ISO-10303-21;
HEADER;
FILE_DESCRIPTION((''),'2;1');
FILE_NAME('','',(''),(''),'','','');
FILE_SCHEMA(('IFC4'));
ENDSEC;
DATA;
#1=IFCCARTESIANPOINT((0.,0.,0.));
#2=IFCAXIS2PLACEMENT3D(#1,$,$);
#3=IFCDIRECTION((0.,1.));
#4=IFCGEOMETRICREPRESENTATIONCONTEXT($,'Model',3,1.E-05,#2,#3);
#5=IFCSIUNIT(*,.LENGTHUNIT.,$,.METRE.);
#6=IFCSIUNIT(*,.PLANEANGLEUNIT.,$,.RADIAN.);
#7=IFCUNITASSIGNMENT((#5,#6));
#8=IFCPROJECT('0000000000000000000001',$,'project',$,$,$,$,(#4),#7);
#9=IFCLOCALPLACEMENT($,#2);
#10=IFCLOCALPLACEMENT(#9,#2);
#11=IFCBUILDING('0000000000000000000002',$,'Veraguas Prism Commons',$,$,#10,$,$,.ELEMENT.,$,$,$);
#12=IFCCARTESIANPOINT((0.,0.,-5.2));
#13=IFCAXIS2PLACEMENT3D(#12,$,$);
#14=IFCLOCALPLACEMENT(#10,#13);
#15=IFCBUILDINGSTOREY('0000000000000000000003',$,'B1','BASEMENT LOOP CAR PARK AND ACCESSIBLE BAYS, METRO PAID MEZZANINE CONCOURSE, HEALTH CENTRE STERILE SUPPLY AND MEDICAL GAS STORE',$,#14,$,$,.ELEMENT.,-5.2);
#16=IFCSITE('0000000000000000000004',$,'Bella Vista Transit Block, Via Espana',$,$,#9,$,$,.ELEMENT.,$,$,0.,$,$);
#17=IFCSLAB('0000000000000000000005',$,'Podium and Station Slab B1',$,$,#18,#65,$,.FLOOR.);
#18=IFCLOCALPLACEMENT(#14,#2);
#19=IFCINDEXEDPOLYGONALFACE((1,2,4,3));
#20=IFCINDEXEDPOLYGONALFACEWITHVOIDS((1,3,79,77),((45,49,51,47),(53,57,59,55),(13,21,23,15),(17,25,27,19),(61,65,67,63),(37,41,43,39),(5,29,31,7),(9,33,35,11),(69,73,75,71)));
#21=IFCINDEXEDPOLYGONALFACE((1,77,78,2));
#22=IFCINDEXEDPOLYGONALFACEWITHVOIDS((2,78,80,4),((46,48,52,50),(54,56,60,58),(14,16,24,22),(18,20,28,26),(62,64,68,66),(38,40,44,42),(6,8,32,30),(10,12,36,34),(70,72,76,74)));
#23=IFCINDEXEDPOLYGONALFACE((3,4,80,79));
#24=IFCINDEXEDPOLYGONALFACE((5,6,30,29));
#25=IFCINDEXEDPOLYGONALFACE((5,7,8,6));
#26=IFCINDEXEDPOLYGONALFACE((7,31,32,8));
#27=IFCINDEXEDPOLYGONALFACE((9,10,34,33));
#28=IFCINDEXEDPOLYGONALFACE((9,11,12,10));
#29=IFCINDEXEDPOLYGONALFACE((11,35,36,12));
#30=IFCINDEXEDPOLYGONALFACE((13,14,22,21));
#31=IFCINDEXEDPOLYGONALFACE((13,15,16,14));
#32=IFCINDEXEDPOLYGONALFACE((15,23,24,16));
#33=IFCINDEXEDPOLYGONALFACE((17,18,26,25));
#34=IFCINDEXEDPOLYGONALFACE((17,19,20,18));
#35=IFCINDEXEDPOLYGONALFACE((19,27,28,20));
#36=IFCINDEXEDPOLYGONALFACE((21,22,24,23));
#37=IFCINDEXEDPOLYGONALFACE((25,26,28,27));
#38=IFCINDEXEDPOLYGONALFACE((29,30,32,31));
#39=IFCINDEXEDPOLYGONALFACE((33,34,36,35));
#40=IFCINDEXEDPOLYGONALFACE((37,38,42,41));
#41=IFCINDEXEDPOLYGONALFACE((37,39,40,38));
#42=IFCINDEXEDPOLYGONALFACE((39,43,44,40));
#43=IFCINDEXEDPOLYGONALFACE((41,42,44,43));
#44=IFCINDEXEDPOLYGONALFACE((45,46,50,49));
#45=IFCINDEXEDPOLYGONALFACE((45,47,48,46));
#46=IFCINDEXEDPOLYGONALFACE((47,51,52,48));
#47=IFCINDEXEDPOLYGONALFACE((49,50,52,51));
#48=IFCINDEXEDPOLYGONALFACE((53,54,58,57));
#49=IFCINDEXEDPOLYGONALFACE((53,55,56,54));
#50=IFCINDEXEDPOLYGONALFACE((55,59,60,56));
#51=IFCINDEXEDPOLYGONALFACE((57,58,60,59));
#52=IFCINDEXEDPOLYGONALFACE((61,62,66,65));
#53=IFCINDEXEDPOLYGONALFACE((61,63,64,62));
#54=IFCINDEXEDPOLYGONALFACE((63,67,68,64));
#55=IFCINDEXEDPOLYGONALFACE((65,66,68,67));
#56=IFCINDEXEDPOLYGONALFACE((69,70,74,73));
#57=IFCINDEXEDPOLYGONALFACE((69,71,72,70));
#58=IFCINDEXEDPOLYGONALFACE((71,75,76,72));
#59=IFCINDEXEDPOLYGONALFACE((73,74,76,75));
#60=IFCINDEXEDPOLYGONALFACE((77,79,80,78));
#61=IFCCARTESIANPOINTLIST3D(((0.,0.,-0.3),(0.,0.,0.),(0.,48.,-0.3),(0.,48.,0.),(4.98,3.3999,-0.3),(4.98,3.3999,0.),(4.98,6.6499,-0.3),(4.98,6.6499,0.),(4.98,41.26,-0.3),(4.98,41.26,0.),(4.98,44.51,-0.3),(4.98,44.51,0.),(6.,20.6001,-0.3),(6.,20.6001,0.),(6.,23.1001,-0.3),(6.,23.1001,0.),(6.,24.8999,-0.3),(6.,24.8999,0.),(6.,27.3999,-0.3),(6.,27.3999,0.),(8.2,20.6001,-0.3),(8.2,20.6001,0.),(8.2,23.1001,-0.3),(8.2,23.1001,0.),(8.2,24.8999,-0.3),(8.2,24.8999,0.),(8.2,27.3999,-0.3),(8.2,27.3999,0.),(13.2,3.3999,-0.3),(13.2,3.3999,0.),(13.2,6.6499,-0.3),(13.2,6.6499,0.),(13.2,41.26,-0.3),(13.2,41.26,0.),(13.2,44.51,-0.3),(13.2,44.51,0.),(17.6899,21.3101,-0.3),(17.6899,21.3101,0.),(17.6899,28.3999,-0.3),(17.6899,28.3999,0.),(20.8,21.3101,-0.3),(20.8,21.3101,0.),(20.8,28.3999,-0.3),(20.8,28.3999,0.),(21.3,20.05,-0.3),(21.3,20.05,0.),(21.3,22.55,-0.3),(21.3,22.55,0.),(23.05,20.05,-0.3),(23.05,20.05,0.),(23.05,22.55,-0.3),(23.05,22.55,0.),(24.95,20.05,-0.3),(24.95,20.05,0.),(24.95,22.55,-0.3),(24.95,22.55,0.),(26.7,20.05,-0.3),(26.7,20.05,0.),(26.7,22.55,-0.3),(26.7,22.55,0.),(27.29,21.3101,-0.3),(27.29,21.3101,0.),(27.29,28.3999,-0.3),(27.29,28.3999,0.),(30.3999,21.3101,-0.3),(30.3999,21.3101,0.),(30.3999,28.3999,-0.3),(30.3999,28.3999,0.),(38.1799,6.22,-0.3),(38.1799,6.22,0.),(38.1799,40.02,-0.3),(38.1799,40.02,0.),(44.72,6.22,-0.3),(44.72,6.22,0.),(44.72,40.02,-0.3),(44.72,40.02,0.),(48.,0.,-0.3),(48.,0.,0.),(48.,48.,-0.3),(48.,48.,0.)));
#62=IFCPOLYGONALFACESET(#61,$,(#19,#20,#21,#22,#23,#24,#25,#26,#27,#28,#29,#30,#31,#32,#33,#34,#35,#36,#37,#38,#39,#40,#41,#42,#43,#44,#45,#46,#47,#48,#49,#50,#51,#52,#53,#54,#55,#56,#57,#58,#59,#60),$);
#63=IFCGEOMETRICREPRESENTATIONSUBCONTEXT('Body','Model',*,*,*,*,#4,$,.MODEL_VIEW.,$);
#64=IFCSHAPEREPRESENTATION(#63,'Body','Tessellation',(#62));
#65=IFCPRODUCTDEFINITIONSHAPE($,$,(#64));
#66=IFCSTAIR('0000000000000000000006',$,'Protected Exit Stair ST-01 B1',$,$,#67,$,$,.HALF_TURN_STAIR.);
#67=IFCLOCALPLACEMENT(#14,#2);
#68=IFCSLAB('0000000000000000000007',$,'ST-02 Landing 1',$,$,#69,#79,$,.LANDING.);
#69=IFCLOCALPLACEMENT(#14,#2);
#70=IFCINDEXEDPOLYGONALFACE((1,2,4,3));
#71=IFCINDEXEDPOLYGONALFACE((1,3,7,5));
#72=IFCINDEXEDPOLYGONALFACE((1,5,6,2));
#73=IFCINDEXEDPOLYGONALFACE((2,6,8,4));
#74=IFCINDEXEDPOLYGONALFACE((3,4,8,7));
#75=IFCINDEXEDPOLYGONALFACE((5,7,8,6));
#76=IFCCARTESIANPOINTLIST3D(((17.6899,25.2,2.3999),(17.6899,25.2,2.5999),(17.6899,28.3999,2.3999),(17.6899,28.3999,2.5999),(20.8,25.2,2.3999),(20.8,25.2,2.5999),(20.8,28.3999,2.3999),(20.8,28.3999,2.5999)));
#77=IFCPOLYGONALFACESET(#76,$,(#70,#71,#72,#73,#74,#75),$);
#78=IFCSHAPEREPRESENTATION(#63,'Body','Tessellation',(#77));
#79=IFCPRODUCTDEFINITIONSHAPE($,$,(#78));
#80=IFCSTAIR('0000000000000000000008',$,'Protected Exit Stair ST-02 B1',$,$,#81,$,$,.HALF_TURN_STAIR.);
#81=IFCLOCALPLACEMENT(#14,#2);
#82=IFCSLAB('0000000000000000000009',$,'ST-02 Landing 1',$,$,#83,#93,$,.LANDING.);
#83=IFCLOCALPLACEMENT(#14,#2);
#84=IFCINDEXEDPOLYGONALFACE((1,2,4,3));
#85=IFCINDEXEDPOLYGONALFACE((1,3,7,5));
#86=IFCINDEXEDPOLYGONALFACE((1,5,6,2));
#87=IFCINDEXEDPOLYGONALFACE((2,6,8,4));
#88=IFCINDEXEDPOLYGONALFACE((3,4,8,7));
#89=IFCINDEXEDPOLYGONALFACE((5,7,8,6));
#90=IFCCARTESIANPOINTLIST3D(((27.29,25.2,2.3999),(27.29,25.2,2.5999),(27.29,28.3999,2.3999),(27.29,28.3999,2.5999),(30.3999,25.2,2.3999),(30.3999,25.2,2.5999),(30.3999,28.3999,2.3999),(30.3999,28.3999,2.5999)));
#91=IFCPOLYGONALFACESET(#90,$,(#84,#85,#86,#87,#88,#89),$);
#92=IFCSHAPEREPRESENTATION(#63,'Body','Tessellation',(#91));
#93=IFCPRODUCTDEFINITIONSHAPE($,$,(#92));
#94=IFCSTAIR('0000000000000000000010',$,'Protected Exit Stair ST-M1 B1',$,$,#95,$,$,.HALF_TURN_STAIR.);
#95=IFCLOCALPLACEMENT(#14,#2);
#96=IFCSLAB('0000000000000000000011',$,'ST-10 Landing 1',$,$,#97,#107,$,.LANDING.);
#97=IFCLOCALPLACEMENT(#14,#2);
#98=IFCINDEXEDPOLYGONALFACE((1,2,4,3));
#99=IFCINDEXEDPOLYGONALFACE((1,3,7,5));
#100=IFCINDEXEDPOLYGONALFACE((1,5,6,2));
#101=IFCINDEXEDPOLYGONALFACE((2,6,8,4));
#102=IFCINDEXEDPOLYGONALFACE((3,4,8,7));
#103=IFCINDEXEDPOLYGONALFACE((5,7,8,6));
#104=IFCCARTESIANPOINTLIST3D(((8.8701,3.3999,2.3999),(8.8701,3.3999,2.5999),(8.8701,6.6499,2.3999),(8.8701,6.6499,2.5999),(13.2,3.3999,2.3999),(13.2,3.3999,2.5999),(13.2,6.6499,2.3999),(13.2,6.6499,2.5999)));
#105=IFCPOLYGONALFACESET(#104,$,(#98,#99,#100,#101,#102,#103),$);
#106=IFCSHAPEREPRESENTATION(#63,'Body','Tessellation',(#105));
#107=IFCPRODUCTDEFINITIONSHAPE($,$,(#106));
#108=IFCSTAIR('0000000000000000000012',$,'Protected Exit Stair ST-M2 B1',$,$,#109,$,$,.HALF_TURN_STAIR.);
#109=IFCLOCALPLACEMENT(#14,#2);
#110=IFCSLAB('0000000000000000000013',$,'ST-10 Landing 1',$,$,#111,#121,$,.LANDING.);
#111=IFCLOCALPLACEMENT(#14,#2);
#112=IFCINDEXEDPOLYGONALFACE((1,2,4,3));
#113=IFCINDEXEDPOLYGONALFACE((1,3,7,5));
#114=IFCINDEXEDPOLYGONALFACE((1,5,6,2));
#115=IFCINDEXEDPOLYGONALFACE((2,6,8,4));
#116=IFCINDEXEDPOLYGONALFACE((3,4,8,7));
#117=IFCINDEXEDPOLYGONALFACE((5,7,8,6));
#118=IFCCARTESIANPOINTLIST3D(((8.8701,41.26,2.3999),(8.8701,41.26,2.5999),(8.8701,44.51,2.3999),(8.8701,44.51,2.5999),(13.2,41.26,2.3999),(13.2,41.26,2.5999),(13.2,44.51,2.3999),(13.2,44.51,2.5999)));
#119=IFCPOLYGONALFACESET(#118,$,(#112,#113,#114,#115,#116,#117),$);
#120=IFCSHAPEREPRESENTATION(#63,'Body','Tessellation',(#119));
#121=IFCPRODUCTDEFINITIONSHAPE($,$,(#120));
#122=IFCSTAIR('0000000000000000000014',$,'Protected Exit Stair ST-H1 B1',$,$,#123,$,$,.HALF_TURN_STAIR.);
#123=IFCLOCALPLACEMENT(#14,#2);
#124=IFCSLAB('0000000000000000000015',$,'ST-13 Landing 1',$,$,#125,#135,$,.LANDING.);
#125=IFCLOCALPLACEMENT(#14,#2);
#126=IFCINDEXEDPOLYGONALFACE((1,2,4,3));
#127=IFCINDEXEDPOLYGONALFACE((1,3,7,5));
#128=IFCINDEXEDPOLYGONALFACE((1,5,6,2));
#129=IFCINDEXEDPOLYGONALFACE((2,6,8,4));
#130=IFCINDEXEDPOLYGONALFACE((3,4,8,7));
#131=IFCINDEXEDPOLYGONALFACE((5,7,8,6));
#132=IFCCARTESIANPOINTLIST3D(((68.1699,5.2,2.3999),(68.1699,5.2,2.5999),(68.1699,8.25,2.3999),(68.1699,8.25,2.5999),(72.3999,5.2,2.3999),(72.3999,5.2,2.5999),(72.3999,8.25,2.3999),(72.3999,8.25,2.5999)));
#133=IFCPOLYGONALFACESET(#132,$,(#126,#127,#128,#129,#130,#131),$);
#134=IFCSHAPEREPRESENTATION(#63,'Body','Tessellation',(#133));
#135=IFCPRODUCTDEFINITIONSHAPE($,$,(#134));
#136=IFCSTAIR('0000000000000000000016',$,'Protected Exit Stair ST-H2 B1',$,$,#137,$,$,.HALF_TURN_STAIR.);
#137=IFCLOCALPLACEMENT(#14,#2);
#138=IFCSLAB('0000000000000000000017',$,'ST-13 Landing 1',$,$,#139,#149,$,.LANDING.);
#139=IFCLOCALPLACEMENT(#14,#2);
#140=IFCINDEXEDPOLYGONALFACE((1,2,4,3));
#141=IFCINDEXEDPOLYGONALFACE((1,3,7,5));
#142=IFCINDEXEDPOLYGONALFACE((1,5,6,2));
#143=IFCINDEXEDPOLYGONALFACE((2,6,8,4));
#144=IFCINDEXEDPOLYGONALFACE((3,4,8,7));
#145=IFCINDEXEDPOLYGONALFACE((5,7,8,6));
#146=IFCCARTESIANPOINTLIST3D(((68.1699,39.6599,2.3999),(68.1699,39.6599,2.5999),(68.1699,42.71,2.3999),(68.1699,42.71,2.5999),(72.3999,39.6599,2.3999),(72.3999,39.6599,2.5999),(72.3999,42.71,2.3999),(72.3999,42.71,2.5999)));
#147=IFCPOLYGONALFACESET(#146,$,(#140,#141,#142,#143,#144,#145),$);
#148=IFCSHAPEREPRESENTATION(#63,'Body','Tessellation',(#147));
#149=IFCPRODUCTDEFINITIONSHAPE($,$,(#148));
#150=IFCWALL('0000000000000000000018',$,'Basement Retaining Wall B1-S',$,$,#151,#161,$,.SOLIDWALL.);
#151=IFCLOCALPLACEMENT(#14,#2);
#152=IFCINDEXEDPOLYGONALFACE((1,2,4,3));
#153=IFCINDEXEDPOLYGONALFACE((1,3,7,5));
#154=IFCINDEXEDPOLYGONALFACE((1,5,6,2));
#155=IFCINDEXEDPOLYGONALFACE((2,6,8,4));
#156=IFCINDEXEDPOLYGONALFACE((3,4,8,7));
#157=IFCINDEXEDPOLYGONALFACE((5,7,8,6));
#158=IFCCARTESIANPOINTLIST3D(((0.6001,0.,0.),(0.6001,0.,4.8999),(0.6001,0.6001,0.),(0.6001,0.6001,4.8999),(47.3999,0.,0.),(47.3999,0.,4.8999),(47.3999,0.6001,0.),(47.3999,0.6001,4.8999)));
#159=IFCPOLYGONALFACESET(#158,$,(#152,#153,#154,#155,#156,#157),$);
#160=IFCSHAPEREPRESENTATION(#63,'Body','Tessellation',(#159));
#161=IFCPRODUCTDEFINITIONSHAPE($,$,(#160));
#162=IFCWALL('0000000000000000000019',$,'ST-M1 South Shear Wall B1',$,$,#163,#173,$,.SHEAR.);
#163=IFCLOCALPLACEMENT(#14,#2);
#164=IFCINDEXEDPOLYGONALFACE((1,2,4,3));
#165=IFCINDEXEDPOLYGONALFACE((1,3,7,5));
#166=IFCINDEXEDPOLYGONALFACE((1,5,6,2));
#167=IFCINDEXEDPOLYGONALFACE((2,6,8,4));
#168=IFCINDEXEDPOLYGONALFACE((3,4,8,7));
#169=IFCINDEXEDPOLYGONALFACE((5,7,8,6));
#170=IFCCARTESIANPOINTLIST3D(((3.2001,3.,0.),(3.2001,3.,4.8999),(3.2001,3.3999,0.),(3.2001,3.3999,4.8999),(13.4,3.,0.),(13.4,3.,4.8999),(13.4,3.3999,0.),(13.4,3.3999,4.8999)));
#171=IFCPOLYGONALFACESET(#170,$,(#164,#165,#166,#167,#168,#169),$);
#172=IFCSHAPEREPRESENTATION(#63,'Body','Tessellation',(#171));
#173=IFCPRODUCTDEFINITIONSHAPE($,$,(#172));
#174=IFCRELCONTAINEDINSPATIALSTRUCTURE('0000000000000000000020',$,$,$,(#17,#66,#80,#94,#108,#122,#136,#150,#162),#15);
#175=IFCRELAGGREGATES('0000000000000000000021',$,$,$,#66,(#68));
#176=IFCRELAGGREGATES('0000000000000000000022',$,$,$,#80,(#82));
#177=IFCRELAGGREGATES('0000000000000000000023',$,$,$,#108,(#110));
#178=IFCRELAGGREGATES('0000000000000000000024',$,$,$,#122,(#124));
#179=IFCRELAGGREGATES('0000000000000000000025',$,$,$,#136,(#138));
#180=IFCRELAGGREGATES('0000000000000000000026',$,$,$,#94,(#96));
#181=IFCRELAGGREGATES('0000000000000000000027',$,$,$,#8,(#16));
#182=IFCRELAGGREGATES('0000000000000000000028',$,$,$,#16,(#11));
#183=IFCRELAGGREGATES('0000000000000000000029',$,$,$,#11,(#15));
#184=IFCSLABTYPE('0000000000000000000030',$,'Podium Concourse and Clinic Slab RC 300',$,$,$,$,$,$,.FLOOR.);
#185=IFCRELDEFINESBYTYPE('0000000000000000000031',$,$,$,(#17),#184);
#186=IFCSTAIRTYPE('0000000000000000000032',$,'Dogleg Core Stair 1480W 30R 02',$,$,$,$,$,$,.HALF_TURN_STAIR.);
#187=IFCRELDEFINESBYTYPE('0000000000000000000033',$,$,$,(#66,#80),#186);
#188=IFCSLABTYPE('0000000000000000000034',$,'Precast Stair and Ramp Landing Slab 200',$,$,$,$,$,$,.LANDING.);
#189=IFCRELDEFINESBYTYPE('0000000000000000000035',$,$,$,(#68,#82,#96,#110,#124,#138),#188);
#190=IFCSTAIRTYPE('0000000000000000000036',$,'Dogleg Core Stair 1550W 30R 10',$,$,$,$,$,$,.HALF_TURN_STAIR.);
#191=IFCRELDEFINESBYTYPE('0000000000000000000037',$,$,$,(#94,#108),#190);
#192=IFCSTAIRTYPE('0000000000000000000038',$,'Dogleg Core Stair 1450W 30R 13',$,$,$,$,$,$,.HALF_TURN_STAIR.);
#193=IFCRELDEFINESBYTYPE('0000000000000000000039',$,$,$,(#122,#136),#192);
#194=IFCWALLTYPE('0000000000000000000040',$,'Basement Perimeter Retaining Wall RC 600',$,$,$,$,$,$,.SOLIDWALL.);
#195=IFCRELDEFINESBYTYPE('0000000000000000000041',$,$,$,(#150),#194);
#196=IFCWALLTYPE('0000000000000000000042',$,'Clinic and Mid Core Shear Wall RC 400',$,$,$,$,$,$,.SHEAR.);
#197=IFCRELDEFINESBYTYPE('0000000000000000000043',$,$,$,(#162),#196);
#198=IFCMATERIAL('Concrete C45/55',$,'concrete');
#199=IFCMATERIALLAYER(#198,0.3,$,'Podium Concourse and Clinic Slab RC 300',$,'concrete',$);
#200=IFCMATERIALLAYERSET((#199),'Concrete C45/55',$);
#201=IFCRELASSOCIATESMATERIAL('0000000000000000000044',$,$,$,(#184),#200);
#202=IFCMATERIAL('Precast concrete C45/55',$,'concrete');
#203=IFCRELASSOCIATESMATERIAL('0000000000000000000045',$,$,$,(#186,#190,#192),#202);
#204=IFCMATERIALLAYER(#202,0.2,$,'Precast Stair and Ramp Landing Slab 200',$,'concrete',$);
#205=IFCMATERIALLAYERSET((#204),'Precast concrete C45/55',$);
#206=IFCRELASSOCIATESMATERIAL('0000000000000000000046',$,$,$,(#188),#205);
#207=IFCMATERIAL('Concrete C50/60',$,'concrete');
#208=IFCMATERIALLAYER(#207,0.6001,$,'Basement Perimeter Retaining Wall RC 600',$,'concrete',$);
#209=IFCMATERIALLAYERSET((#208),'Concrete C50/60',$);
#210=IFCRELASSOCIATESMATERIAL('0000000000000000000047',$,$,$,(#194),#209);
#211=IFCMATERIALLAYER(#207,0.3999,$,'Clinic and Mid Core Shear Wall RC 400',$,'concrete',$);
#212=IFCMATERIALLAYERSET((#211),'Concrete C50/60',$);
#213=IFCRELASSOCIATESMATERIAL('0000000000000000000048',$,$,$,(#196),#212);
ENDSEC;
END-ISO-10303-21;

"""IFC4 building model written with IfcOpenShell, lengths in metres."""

from ifc_helpers import new_model, si_unit, direction, frame, frame_2d, origin, place, context, subcontext, project, spatial, polyline, rectangle, outline, extrude, material, layer, layer_set, type_object, element, aggregate, save


model = new_model("IFC4")

# Units and contexts
model_context = context("Model", 3, precision=1e-05, world=origin(), true_north=direction((0.0, 1.0)))
body_context = subcontext(model_context, "Body", "Model", "MODEL_VIEW")
ifc_project = project(units=[si_unit("LENGTHUNIT", "METRE"), si_unit("PLANEANGLEUNIT", "RADIAN")], contexts=[model_context])

# Site, building, storey
site_placement = place(None, origin())
site = spatial("IfcSite", under=ifc_project, at=site_placement, Name="Bella Vista Transit Block, Via Espana", CompositionType="ELEMENT", RefElevation=0.0)
building_placement = place(site_placement, origin())
building = spatial("IfcBuilding", under=site, at=building_placement, Name="Veraguas Prism Commons", CompositionType="ELEMENT")
storey_placement = place(building_placement, frame((0.0, 0.0, -5.2)))
storey = spatial("IfcBuildingStorey", under=building, at=storey_placement, Name="B1", Description="BASEMENT LOOP CAR PARK AND ACCESSIBLE BAYS, METRO PAID MEZZANINE CONCOURSE, HEALTH CENTRE STERILE SUPPLY AND MEDICAL GAS STORE", CompositionType="ELEMENT", Elevation=-5.2)

# Shared definitions
ifc_material_1 = material(Name="Concrete C50/60", Category="concrete")

# Slab
ifc_material_2 = material(Name="Concrete C45/55", Category="concrete")
ifc_layer_1 = layer(ifc_material_2, 0.3, Name="Podium Concourse and Clinic Slab RC 300", Category="concrete")
ifc_layer_set_1 = layer_set([ifc_layer_1], Name="Concrete C45/55")
slab_type_1 = type_object("IfcSlabType", Name="Podium Concourse and Clinic Slab RC 300", PredefinedType="FLOOR", material=ifc_layer_set_1)
slab_1_placement = place(storey_placement, frame((0.0, 0.0, -0.3)))
element("IfcSlab", 1, at=slab_1_placement, inside=storey, type_object=slab_type_1, Name="Podium and Station Slab B1", PredefinedType="FLOOR", context=body_context, shape_type="SweptSolid", body=[
    extrude(outline(polyline([(0.0, 0.0), (48.0, 0.0), (48.0, 48.0), (0.0, 48.0), (0.0, 0.0)]), holes=[polyline([(20.8, 21.3101), (20.8, 28.3999), (17.6899, 28.3999), (17.6899, 21.3101), (20.8, 21.3101)]), polyline([(30.3999, 21.3101), (30.3999, 28.3999), (27.29, 28.3999), (27.29, 21.3101), (30.3999, 21.3101)]), polyline([(4.98, 3.3999), (13.2, 3.3999), (13.2, 6.6499), (4.98, 6.6499), (4.98, 3.3999)]), polyline([(4.98, 41.26), (13.2, 41.26), (13.2, 44.51), (4.98, 44.51), (4.98, 41.26)]), polyline([(21.3, 20.05), (23.05, 20.05), (23.05, 22.55), (21.3, 22.55), (21.3, 20.05)]), polyline([(24.95, 20.05), (26.7, 20.05), (26.7, 22.55), (24.95, 22.55), (24.95, 20.05)]), polyline([(6.0, 20.6001), (8.2, 20.6001), (8.2, 23.1001), (6.0, 23.1001), (6.0, 20.6001)]), polyline([(6.0, 24.8999), (8.2, 24.8999), (8.2, 27.3999), (6.0, 27.3999), (6.0, 24.8999)]), polyline([(38.1799, 6.22), (44.72, 6.22), (44.72, 40.02), (38.1799, 40.02), (38.1799, 6.22)])]), origin(), (0.0, 0.0, 1.0), 0.3),
])

# Stairs, slabs
ifc_material_3 = material(Name="Precast concrete C45/55", Category="concrete")
stair_type_1 = type_object("IfcStairType", Name="Dogleg Core Stair 1480W 30R 02", PredefinedType="HALF_TURN_STAIR", material=ifc_material_3)
stair_1_placement = place(storey_placement, origin())
stair_1 = element("IfcStair", 2, at=stair_1_placement, inside=storey, type_object=stair_type_1, Name="Protected Exit Stair ST-01 B1", PredefinedType="HALF_TURN_STAIR")
ifc_layer_2 = layer(ifc_material_3, 0.2, Name="Precast Stair and Ramp Landing Slab 200", Category="concrete")
ifc_layer_set_2 = layer_set([ifc_layer_2], Name="Precast concrete C45/55")
slab_type_2 = type_object("IfcSlabType", Name="Precast Stair and Ramp Landing Slab 200", PredefinedType="LANDING", material=ifc_layer_set_2)
slab_2_placement = place(storey_placement, frame((0.0, 0.0, 2.3999)))
slab_2 = element("IfcSlab", 3, at=slab_2_placement, type_object=slab_type_2, Name="ST-02 Landing 1", PredefinedType="LANDING", context=body_context, shape_type="SweptSolid", body=[
    extrude(outline(polyline([(20.8, 25.2), (20.8, 28.3999), (17.6899, 28.3999), (17.6899, 25.2), (20.8, 25.2)])), origin(), (0.0, 0.0, 1.0), 0.2),
])
aggregate(stair_1, [slab_2])
stair_2_placement = place(storey_placement, origin())
stair_2 = element("IfcStair", 4, at=stair_2_placement, inside=storey, type_object=stair_type_1, Name="Protected Exit Stair ST-02 B1", PredefinedType="HALF_TURN_STAIR")
slab_3_placement = place(storey_placement, frame((0.0, 0.0, 2.3999)))
slab_3 = element("IfcSlab", 5, at=slab_3_placement, type_object=slab_type_2, Name="ST-02 Landing 1", PredefinedType="LANDING", context=body_context, shape_type="SweptSolid", body=[
    extrude(outline(polyline([(30.3999, 25.2), (30.3999, 28.3999), (27.29, 28.3999), (27.29, 25.2), (30.3999, 25.2)])), origin(), (0.0, 0.0, 1.0), 0.2),
])
aggregate(stair_2, [slab_3])
stair_type_2 = type_object("IfcStairType", Name="Dogleg Core Stair 1550W 30R 10", PredefinedType="HALF_TURN_STAIR", material=ifc_material_3)
stair_3_placement = place(storey_placement, origin())
stair_3 = element("IfcStair", 6, at=stair_3_placement, inside=storey, type_object=stair_type_2, Name="Protected Exit Stair ST-M1 B1", PredefinedType="HALF_TURN_STAIR")
slab_4_placement = place(storey_placement, frame((0.0, 0.0, 2.3999)))
slab_4 = element("IfcSlab", 7, at=slab_4_placement, type_object=slab_type_2, Name="ST-10 Landing 1", PredefinedType="LANDING", context=body_context, shape_type="SweptSolid", body=[
    extrude(outline(polyline([(8.8701, 3.3999), (13.2, 3.3999), (13.2, 6.6499), (8.8701, 6.6499), (8.8701, 3.3999)])), origin(), (0.0, 0.0, 1.0), 0.2),
])
stair_4_placement = place(storey_placement, origin())
stair_4 = element("IfcStair", 8, at=stair_4_placement, inside=storey, type_object=stair_type_2, Name="Protected Exit Stair ST-M2 B1", PredefinedType="HALF_TURN_STAIR")
slab_5_placement = place(storey_placement, frame((0.0, 0.0, 2.3999)))
slab_5 = element("IfcSlab", 9, at=slab_5_placement, type_object=slab_type_2, Name="ST-10 Landing 1", PredefinedType="LANDING", context=body_context, shape_type="SweptSolid", body=[
    extrude(outline(polyline([(8.8701, 41.26), (13.2, 41.26), (13.2, 44.51), (8.8701, 44.51), (8.8701, 41.26)])), origin(), (0.0, 0.0, 1.0), 0.2),
])
aggregate(stair_4, [slab_5])
stair_type_3 = type_object("IfcStairType", Name="Dogleg Core Stair 1450W 30R 13", PredefinedType="HALF_TURN_STAIR", material=ifc_material_3)
stair_5_placement = place(storey_placement, origin())
stair_5 = element("IfcStair", 10, at=stair_5_placement, inside=storey, type_object=stair_type_3, Name="Protected Exit Stair ST-H1 B1", PredefinedType="HALF_TURN_STAIR")
slab_6_placement = place(storey_placement, frame((0.0, 0.0, 2.3999)))
slab_6 = element("IfcSlab", 11, at=slab_6_placement, type_object=slab_type_2, Name="ST-13 Landing 1", PredefinedType="LANDING", context=body_context, shape_type="SweptSolid", body=[
    extrude(outline(polyline([(68.1699, 5.2), (72.3999, 5.2), (72.3999, 8.25), (68.1699, 8.25), (68.1699, 5.2)])), origin(), (0.0, 0.0, 1.0), 0.2),
])
aggregate(stair_5, [slab_6])
stair_6_placement = place(storey_placement, origin())
stair_6 = element("IfcStair", 12, at=stair_6_placement, inside=storey, type_object=stair_type_3, Name="Protected Exit Stair ST-H2 B1", PredefinedType="HALF_TURN_STAIR")
slab_7_placement = place(storey_placement, frame((0.0, 0.0, 2.3999)))
slab_7 = element("IfcSlab", 13, at=slab_7_placement, type_object=slab_type_2, Name="ST-13 Landing 1", PredefinedType="LANDING", context=body_context, shape_type="SweptSolid", body=[
    extrude(outline(polyline([(68.1699, 39.6599), (72.3999, 39.6599), (72.3999, 42.71), (68.1699, 42.71), (68.1699, 39.6599)])), origin(), (0.0, 0.0, 1.0), 0.2),
])
aggregate(stair_6, [slab_7])

# Walls
ifc_layer_3 = layer(ifc_material_1, 0.6001, Name="Basement Perimeter Retaining Wall RC 600", Category="concrete")
ifc_layer_set_3 = layer_set([ifc_layer_3], Name="Concrete C50/60")
wall_type_1 = type_object("IfcWallType", Name="Basement Perimeter Retaining Wall RC 600", PredefinedType="SOLIDWALL", material=ifc_layer_set_3)
wall_1_placement = place(storey_placement, frame((0.6001, 0.3, 0.0), z_axis=(0.0, 0.0, 1.0), x_axis=(1.0, 0.0, 0.0)))
element("IfcWall", 14, at=wall_1_placement, inside=storey, type_object=wall_type_1, Name="Basement Retaining Wall B1-S", PredefinedType="SOLIDWALL", context=body_context, shape_type="SweptSolid", body=[
    extrude(rectangle(XDim=46.7998, YDim=0.6001, at=frame_2d((23.3999, 0.0))), origin(), (0.0, 0.0, 1.0), 4.8999),
])
ifc_layer_4 = layer(ifc_material_1, 0.3999, Name="Clinic and Mid Core Shear Wall RC 400", Category="concrete")
ifc_layer_set_4 = layer_set([ifc_layer_4], Name="Concrete C50/60")
wall_type_2 = type_object("IfcWallType", Name="Clinic and Mid Core Shear Wall RC 400", PredefinedType="SHEAR", material=ifc_layer_set_4)
wall_2_placement = place(storey_placement, frame((3.2, 3.2, 0.0), z_axis=(0.0, 0.0, 1.0), x_axis=(1.0, 0.0, 0.0)))
element("IfcWall", 15, at=wall_2_placement, inside=storey, type_object=wall_type_2, Name="ST-M1 South Shear Wall B1", PredefinedType="SHEAR", context=body_context, shape_type="SweptSolid", body=[
    extrude(rectangle(XDim=10.2, YDim=0.3999, at=frame_2d((5.1001, 0.0))), origin(), (0.0, 0.0, 1.0), 4.8999),
])

aggregate(stair_3, [slab_4])

save(model, "model.ifc")
